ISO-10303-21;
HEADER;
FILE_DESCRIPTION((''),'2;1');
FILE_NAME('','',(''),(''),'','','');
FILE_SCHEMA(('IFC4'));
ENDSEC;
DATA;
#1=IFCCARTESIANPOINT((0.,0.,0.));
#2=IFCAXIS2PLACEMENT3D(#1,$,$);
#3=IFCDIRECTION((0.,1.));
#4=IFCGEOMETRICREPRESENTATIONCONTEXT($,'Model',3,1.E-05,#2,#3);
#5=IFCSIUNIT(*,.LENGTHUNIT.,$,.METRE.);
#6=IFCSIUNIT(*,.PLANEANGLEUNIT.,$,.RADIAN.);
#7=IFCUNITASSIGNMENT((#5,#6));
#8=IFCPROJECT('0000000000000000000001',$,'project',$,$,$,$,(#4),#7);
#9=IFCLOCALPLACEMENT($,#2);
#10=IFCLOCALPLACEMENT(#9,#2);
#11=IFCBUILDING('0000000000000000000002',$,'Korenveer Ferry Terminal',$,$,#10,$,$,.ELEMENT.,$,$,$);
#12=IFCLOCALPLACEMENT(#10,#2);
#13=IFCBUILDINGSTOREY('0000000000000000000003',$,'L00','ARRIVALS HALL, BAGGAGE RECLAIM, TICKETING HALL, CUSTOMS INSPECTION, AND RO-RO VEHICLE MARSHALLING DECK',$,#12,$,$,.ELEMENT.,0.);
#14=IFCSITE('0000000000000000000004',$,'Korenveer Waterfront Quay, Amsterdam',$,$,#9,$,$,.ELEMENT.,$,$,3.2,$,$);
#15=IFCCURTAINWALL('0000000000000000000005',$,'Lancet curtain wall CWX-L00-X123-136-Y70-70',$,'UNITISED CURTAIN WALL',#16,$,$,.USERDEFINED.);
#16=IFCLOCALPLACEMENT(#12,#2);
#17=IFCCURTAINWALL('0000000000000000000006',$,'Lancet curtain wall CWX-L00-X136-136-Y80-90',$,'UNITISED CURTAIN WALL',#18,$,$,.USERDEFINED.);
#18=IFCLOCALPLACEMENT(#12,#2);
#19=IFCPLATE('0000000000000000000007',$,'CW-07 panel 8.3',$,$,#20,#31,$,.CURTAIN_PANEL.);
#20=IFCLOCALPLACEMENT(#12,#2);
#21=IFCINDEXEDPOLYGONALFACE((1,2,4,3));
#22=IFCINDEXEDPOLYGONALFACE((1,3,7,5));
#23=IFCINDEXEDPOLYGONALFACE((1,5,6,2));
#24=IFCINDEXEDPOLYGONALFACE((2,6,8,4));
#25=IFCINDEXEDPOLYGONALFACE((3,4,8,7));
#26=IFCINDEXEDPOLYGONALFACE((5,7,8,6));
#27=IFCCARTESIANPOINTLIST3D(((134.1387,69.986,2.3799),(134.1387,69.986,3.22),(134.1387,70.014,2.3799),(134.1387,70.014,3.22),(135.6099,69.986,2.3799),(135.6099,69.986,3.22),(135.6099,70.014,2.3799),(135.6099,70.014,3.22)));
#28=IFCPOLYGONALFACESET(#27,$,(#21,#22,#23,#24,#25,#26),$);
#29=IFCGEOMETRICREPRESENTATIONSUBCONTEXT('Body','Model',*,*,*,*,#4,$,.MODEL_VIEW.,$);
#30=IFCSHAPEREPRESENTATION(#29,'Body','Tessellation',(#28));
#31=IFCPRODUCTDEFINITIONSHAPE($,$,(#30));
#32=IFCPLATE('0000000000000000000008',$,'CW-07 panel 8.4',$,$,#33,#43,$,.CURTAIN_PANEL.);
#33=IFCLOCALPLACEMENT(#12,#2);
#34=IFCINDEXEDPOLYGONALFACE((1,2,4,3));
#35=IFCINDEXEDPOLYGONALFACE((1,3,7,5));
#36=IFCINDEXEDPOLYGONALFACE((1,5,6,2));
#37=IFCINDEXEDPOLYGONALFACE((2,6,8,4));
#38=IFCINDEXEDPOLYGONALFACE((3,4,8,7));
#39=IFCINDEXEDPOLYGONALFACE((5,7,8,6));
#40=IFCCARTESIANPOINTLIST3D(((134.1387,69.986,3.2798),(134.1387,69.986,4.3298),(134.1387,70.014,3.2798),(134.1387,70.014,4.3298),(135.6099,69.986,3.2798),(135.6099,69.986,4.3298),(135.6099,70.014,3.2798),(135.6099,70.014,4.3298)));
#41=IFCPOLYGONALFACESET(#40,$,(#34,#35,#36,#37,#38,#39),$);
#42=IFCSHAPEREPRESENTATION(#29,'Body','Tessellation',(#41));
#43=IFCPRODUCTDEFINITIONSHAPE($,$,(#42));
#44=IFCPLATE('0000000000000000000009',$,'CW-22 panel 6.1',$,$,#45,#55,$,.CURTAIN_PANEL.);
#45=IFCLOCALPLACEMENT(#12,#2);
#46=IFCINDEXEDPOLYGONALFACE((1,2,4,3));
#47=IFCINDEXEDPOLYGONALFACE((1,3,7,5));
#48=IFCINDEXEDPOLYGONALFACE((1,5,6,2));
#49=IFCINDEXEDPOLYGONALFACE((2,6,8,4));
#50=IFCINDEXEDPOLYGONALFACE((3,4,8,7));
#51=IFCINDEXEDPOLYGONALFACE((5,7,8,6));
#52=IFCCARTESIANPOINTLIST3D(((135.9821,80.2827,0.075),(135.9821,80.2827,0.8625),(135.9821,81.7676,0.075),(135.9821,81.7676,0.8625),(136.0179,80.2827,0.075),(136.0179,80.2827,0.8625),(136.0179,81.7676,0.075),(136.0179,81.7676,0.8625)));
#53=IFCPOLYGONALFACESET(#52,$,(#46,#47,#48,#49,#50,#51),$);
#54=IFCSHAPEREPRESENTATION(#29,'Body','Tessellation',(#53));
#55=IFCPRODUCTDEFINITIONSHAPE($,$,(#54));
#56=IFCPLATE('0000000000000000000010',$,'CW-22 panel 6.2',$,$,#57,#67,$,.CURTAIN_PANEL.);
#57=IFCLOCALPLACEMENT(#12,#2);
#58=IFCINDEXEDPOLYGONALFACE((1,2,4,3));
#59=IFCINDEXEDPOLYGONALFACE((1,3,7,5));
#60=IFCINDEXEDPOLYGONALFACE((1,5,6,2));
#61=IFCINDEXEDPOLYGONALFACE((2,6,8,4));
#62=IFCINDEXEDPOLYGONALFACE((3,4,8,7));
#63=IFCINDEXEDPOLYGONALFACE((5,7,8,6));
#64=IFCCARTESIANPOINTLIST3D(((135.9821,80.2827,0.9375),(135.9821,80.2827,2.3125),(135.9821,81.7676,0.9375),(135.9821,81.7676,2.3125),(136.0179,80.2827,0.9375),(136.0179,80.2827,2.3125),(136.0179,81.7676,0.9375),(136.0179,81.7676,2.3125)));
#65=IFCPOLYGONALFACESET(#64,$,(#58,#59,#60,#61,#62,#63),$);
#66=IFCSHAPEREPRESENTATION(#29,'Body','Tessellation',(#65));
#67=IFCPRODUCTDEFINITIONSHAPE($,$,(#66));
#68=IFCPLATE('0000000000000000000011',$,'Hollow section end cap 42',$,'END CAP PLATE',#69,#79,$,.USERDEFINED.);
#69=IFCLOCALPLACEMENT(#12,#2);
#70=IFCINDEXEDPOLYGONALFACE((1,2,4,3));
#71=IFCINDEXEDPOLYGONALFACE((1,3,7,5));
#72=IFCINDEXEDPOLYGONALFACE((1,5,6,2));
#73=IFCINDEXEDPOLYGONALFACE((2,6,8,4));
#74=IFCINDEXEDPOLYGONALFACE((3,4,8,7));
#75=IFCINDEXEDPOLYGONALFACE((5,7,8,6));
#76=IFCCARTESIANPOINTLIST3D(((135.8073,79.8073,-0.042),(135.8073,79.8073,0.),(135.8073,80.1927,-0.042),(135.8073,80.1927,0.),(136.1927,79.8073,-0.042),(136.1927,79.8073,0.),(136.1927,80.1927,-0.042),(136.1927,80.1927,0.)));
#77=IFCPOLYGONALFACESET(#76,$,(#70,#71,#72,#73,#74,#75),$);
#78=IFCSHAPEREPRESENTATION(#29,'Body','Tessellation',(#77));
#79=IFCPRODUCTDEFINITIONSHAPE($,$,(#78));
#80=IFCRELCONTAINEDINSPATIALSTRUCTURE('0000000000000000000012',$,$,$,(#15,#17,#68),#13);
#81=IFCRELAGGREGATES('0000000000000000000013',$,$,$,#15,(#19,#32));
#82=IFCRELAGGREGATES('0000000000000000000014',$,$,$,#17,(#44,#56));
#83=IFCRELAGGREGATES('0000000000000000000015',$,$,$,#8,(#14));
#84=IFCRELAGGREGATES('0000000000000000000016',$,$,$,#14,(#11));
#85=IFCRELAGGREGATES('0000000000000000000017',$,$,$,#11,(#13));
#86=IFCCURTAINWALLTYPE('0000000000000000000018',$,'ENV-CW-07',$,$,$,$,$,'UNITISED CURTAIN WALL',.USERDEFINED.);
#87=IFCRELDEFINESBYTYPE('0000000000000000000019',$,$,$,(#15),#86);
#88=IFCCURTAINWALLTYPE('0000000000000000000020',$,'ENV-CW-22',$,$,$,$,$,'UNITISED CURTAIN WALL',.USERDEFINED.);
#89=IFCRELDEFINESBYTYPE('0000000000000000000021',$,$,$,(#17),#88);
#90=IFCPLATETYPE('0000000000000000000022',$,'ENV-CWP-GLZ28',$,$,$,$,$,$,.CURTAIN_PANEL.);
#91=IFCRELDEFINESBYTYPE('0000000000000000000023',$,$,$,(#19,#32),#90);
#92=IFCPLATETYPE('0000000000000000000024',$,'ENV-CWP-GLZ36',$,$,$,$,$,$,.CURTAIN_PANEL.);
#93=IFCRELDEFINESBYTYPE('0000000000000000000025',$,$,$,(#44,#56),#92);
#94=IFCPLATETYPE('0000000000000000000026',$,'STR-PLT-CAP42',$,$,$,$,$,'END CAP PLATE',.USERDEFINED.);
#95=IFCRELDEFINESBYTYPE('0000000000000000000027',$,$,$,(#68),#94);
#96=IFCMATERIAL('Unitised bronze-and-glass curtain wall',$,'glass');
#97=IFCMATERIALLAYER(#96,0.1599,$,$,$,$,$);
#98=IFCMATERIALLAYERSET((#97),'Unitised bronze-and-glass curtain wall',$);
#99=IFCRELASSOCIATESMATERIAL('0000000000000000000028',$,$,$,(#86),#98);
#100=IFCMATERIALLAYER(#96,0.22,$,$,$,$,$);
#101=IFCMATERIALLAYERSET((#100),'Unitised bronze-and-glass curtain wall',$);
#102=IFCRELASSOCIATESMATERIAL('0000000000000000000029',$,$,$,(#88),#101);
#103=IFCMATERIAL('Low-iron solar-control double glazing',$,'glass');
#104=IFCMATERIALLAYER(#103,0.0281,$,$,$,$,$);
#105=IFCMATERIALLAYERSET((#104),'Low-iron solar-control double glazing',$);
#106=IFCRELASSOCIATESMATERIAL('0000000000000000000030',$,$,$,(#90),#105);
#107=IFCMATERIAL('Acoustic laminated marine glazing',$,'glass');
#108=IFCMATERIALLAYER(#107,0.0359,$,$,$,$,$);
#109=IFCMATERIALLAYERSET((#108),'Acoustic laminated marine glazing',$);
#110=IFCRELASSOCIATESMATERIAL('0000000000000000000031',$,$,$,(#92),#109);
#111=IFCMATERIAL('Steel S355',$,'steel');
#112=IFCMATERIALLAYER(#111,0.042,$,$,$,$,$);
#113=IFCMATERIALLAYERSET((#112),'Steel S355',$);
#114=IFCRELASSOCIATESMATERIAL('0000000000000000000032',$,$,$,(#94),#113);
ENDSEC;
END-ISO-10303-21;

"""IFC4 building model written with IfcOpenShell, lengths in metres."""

from ifc_helpers import new_model, si_unit, direction, frame, origin, origin_2d, place, context, subcontext, project, spatial, rectangle, extrude, material, layer, layer_set, type_object, element, aggregate, save


model = new_model("IFC4")

# Units and contexts
model_context = context("Model", 3, precision=1e-05, world=origin(), true_north=direction((0.0, 1.0)))
body_context = subcontext(model_context, "Body", "Model", "MODEL_VIEW")
ifc_project = project(units=[si_unit("LENGTHUNIT", "METRE"), si_unit("PLANEANGLEUNIT", "RADIAN")], contexts=[model_context])

# Site, building, storey
site_placement = place(None, origin())
site = spatial("IfcSite", under=ifc_project, at=site_placement, Name="Korenveer Waterfront Quay, Amsterdam", CompositionType="ELEMENT", RefElevation=3.2)
building_placement = place(site_placement, origin())
building = spatial("IfcBuilding", under=site, at=building_placement, Name="Korenveer Ferry Terminal", CompositionType="ELEMENT")
storey_placement = place(building_placement, origin())
storey = spatial("IfcBuildingStorey", under=building, at=storey_placement, Name="L00", Description="ARRIVALS HALL, BAGGAGE RECLAIM, TICKETING HALL, CUSTOMS INSPECTION, AND RO-RO VEHICLE MARSHALLING DECK", CompositionType="ELEMENT", Elevation=0.0)

# Shared definitions
ifc_material_1 = material(Name="Steel S355", Category="steel")

# Curtain walls
ifc_material_2 = material(Name="Unitised bronze-and-glass curtain wall", Category="glass")
ifc_layer_1 = layer(ifc_material_2, 0.1599)
ifc_layer_set_1 = layer_set([ifc_layer_1], Name="Unitised bronze-and-glass curtain wall")
curtain_wall_type_1 = type_object("IfcCurtainWallType", Name="ENV-CW-07", ElementType="UNITISED CURTAIN WALL", PredefinedType="USERDEFINED", material=ifc_layer_set_1)
curtain_wall_1_placement = place(storey_placement, frame((123.1799, 70.0, 0.0)))
curtain_wall_1 = element("IfcCurtainWall", 1, at=curtain_wall_1_placement, inside=storey, type_object=curtain_wall_type_1, Name="Lancet curtain wall CWX-L00-X123-136-Y70-70", ObjectType="UNITISED CURTAIN WALL", PredefinedType="USERDEFINED")
ifc_layer_2 = layer(ifc_material_2, 0.22)
ifc_layer_set_2 = layer_set([ifc_layer_2], Name="Unitised bronze-and-glass curtain wall")
curtain_wall_type_2 = type_object("IfcCurtainWallType", Name="ENV-CW-22", ElementType="UNITISED CURTAIN WALL", PredefinedType="USERDEFINED", material=ifc_layer_set_2)
curtain_wall_2_placement = place(storey_placement, frame((136.0, 89.7922, 0.0)))
curtain_wall_2 = element("IfcCurtainWall", 2, at=curtain_wall_2_placement, inside=storey, type_object=curtain_wall_type_2, Name="Lancet curtain wall CWX-L00-X136-136-Y80-90", ObjectType="UNITISED CURTAIN WALL", PredefinedType="USERDEFINED")

# Plates
ifc_material_3 = material(Name="Low-iron solar-control double glazing", Category="glass")
ifc_layer_3 = layer(ifc_material_3, 0.0281)
ifc_layer_set_3 = layer_set([ifc_layer_3], Name="Low-iron solar-control double glazing")
plate_type_1 = type_object("IfcPlateType", Name="ENV-CWP-GLZ28", PredefinedType="CURTAIN_PANEL", material=ifc_layer_set_3)
plate_1_placement = place(storey_placement, frame((134.8743, 70.0, 2.3799), z_axis=(0.0, 0.0, 1.0), x_axis=(1.0, 0.0, 0.0)))
plate_1 = element("IfcPlate", 3, at=plate_1_placement, type_object=plate_type_1, Name="CW-07 panel 8.3", PredefinedType="CURTAIN_PANEL", context=body_context, shape_type="SweptSolid", body=[
    extrude(rectangle(XDim=1.4712, YDim=0.0281, at=origin_2d()), origin(), (0.0, 0.0, 1.0), 0.8401),
])
plate_2_placement = place(storey_placement, frame((134.8743, 70.0, 3.2798), z_axis=(0.0, 0.0, 1.0), x_axis=(1.0, 0.0, 0.0)))
plate_2 = element("IfcPlate", 4, at=plate_2_placement, type_object=plate_type_1, Name="CW-07 panel 8.4", PredefinedType="CURTAIN_PANEL", context=body_context, shape_type="SweptSolid", body=[
    extrude(rectangle(XDim=1.4712, YDim=0.0281, at=origin_2d()), origin(), (0.0, 0.0, 1.0), 1.05),
])
aggregate(curtain_wall_1, [plate_1, plate_2])
ifc_material_4 = material(Name="Acoustic laminated marine glazing", Category="glass")
ifc_layer_4 = layer(ifc_material_4, 0.0359)
ifc_layer_set_4 = layer_set([ifc_layer_4], Name="Acoustic laminated marine glazing")
plate_type_2 = type_object("IfcPlateType", Name="ENV-CWP-GLZ36", PredefinedType="CURTAIN_PANEL", material=ifc_layer_set_4)
plate_3_placement = place(storey_placement, frame((136.0, 81.0251, 0.075), z_axis=(0.0, 0.0, 1.0), x_axis=(0.0, -1.0, 0.0)))
plate_3 = element("IfcPlate", 5, at=plate_3_placement, type_object=plate_type_2, Name="CW-22 panel 6.1", PredefinedType="CURTAIN_PANEL", context=body_context, shape_type="SweptSolid", body=[
    extrude(rectangle(XDim=1.4849, YDim=0.0359, at=origin_2d()), origin(), (0.0, 0.0, 1.0), 0.7876),
])
plate_4_placement = place(storey_placement, frame((136.0, 81.0251, 0.9375), z_axis=(0.0, 0.0, 1.0), x_axis=(0.0, -1.0, 0.0)))
plate_4 = element("IfcPlate", 6, at=plate_4_placement, type_object=plate_type_2, Name="CW-22 panel 6.2", PredefinedType="CURTAIN_PANEL", context=body_context, shape_type="SweptSolid", body=[
    extrude(rectangle(XDim=1.4849, YDim=0.0359, at=origin_2d()), origin(), (0.0, 0.0, 1.0), 1.375),
])
aggregate(curtain_wall_2, [plate_3, plate_4])
ifc_layer_5 = layer(ifc_material_1, 0.042)
ifc_layer_set_5 = layer_set([ifc_layer_5], Name="Steel S355")
plate_type_3 = type_object("IfcPlateType", Name="STR-PLT-CAP42", ElementType="END CAP PLATE", PredefinedType="USERDEFINED", material=ifc_layer_set_5)
plate_5_placement = place(storey_placement, frame((136.0, 80.0, -0.042), z_axis=(0.0, 0.0, 1.0), x_axis=(1.0, 0.0, 0.0)))
element("IfcPlate", 7, at=plate_5_placement, inside=storey, type_object=plate_type_3, Name="Hollow section end cap 42", ObjectType="END CAP PLATE", PredefinedType="USERDEFINED", context=body_context, shape_type="SweptSolid", body=[
    extrude(rectangle(XDim=0.3855, YDim=0.3855, at=origin_2d()), origin(), (0.0, 0.0, 1.0), 0.042),
])

save(model, "model.ifc")
